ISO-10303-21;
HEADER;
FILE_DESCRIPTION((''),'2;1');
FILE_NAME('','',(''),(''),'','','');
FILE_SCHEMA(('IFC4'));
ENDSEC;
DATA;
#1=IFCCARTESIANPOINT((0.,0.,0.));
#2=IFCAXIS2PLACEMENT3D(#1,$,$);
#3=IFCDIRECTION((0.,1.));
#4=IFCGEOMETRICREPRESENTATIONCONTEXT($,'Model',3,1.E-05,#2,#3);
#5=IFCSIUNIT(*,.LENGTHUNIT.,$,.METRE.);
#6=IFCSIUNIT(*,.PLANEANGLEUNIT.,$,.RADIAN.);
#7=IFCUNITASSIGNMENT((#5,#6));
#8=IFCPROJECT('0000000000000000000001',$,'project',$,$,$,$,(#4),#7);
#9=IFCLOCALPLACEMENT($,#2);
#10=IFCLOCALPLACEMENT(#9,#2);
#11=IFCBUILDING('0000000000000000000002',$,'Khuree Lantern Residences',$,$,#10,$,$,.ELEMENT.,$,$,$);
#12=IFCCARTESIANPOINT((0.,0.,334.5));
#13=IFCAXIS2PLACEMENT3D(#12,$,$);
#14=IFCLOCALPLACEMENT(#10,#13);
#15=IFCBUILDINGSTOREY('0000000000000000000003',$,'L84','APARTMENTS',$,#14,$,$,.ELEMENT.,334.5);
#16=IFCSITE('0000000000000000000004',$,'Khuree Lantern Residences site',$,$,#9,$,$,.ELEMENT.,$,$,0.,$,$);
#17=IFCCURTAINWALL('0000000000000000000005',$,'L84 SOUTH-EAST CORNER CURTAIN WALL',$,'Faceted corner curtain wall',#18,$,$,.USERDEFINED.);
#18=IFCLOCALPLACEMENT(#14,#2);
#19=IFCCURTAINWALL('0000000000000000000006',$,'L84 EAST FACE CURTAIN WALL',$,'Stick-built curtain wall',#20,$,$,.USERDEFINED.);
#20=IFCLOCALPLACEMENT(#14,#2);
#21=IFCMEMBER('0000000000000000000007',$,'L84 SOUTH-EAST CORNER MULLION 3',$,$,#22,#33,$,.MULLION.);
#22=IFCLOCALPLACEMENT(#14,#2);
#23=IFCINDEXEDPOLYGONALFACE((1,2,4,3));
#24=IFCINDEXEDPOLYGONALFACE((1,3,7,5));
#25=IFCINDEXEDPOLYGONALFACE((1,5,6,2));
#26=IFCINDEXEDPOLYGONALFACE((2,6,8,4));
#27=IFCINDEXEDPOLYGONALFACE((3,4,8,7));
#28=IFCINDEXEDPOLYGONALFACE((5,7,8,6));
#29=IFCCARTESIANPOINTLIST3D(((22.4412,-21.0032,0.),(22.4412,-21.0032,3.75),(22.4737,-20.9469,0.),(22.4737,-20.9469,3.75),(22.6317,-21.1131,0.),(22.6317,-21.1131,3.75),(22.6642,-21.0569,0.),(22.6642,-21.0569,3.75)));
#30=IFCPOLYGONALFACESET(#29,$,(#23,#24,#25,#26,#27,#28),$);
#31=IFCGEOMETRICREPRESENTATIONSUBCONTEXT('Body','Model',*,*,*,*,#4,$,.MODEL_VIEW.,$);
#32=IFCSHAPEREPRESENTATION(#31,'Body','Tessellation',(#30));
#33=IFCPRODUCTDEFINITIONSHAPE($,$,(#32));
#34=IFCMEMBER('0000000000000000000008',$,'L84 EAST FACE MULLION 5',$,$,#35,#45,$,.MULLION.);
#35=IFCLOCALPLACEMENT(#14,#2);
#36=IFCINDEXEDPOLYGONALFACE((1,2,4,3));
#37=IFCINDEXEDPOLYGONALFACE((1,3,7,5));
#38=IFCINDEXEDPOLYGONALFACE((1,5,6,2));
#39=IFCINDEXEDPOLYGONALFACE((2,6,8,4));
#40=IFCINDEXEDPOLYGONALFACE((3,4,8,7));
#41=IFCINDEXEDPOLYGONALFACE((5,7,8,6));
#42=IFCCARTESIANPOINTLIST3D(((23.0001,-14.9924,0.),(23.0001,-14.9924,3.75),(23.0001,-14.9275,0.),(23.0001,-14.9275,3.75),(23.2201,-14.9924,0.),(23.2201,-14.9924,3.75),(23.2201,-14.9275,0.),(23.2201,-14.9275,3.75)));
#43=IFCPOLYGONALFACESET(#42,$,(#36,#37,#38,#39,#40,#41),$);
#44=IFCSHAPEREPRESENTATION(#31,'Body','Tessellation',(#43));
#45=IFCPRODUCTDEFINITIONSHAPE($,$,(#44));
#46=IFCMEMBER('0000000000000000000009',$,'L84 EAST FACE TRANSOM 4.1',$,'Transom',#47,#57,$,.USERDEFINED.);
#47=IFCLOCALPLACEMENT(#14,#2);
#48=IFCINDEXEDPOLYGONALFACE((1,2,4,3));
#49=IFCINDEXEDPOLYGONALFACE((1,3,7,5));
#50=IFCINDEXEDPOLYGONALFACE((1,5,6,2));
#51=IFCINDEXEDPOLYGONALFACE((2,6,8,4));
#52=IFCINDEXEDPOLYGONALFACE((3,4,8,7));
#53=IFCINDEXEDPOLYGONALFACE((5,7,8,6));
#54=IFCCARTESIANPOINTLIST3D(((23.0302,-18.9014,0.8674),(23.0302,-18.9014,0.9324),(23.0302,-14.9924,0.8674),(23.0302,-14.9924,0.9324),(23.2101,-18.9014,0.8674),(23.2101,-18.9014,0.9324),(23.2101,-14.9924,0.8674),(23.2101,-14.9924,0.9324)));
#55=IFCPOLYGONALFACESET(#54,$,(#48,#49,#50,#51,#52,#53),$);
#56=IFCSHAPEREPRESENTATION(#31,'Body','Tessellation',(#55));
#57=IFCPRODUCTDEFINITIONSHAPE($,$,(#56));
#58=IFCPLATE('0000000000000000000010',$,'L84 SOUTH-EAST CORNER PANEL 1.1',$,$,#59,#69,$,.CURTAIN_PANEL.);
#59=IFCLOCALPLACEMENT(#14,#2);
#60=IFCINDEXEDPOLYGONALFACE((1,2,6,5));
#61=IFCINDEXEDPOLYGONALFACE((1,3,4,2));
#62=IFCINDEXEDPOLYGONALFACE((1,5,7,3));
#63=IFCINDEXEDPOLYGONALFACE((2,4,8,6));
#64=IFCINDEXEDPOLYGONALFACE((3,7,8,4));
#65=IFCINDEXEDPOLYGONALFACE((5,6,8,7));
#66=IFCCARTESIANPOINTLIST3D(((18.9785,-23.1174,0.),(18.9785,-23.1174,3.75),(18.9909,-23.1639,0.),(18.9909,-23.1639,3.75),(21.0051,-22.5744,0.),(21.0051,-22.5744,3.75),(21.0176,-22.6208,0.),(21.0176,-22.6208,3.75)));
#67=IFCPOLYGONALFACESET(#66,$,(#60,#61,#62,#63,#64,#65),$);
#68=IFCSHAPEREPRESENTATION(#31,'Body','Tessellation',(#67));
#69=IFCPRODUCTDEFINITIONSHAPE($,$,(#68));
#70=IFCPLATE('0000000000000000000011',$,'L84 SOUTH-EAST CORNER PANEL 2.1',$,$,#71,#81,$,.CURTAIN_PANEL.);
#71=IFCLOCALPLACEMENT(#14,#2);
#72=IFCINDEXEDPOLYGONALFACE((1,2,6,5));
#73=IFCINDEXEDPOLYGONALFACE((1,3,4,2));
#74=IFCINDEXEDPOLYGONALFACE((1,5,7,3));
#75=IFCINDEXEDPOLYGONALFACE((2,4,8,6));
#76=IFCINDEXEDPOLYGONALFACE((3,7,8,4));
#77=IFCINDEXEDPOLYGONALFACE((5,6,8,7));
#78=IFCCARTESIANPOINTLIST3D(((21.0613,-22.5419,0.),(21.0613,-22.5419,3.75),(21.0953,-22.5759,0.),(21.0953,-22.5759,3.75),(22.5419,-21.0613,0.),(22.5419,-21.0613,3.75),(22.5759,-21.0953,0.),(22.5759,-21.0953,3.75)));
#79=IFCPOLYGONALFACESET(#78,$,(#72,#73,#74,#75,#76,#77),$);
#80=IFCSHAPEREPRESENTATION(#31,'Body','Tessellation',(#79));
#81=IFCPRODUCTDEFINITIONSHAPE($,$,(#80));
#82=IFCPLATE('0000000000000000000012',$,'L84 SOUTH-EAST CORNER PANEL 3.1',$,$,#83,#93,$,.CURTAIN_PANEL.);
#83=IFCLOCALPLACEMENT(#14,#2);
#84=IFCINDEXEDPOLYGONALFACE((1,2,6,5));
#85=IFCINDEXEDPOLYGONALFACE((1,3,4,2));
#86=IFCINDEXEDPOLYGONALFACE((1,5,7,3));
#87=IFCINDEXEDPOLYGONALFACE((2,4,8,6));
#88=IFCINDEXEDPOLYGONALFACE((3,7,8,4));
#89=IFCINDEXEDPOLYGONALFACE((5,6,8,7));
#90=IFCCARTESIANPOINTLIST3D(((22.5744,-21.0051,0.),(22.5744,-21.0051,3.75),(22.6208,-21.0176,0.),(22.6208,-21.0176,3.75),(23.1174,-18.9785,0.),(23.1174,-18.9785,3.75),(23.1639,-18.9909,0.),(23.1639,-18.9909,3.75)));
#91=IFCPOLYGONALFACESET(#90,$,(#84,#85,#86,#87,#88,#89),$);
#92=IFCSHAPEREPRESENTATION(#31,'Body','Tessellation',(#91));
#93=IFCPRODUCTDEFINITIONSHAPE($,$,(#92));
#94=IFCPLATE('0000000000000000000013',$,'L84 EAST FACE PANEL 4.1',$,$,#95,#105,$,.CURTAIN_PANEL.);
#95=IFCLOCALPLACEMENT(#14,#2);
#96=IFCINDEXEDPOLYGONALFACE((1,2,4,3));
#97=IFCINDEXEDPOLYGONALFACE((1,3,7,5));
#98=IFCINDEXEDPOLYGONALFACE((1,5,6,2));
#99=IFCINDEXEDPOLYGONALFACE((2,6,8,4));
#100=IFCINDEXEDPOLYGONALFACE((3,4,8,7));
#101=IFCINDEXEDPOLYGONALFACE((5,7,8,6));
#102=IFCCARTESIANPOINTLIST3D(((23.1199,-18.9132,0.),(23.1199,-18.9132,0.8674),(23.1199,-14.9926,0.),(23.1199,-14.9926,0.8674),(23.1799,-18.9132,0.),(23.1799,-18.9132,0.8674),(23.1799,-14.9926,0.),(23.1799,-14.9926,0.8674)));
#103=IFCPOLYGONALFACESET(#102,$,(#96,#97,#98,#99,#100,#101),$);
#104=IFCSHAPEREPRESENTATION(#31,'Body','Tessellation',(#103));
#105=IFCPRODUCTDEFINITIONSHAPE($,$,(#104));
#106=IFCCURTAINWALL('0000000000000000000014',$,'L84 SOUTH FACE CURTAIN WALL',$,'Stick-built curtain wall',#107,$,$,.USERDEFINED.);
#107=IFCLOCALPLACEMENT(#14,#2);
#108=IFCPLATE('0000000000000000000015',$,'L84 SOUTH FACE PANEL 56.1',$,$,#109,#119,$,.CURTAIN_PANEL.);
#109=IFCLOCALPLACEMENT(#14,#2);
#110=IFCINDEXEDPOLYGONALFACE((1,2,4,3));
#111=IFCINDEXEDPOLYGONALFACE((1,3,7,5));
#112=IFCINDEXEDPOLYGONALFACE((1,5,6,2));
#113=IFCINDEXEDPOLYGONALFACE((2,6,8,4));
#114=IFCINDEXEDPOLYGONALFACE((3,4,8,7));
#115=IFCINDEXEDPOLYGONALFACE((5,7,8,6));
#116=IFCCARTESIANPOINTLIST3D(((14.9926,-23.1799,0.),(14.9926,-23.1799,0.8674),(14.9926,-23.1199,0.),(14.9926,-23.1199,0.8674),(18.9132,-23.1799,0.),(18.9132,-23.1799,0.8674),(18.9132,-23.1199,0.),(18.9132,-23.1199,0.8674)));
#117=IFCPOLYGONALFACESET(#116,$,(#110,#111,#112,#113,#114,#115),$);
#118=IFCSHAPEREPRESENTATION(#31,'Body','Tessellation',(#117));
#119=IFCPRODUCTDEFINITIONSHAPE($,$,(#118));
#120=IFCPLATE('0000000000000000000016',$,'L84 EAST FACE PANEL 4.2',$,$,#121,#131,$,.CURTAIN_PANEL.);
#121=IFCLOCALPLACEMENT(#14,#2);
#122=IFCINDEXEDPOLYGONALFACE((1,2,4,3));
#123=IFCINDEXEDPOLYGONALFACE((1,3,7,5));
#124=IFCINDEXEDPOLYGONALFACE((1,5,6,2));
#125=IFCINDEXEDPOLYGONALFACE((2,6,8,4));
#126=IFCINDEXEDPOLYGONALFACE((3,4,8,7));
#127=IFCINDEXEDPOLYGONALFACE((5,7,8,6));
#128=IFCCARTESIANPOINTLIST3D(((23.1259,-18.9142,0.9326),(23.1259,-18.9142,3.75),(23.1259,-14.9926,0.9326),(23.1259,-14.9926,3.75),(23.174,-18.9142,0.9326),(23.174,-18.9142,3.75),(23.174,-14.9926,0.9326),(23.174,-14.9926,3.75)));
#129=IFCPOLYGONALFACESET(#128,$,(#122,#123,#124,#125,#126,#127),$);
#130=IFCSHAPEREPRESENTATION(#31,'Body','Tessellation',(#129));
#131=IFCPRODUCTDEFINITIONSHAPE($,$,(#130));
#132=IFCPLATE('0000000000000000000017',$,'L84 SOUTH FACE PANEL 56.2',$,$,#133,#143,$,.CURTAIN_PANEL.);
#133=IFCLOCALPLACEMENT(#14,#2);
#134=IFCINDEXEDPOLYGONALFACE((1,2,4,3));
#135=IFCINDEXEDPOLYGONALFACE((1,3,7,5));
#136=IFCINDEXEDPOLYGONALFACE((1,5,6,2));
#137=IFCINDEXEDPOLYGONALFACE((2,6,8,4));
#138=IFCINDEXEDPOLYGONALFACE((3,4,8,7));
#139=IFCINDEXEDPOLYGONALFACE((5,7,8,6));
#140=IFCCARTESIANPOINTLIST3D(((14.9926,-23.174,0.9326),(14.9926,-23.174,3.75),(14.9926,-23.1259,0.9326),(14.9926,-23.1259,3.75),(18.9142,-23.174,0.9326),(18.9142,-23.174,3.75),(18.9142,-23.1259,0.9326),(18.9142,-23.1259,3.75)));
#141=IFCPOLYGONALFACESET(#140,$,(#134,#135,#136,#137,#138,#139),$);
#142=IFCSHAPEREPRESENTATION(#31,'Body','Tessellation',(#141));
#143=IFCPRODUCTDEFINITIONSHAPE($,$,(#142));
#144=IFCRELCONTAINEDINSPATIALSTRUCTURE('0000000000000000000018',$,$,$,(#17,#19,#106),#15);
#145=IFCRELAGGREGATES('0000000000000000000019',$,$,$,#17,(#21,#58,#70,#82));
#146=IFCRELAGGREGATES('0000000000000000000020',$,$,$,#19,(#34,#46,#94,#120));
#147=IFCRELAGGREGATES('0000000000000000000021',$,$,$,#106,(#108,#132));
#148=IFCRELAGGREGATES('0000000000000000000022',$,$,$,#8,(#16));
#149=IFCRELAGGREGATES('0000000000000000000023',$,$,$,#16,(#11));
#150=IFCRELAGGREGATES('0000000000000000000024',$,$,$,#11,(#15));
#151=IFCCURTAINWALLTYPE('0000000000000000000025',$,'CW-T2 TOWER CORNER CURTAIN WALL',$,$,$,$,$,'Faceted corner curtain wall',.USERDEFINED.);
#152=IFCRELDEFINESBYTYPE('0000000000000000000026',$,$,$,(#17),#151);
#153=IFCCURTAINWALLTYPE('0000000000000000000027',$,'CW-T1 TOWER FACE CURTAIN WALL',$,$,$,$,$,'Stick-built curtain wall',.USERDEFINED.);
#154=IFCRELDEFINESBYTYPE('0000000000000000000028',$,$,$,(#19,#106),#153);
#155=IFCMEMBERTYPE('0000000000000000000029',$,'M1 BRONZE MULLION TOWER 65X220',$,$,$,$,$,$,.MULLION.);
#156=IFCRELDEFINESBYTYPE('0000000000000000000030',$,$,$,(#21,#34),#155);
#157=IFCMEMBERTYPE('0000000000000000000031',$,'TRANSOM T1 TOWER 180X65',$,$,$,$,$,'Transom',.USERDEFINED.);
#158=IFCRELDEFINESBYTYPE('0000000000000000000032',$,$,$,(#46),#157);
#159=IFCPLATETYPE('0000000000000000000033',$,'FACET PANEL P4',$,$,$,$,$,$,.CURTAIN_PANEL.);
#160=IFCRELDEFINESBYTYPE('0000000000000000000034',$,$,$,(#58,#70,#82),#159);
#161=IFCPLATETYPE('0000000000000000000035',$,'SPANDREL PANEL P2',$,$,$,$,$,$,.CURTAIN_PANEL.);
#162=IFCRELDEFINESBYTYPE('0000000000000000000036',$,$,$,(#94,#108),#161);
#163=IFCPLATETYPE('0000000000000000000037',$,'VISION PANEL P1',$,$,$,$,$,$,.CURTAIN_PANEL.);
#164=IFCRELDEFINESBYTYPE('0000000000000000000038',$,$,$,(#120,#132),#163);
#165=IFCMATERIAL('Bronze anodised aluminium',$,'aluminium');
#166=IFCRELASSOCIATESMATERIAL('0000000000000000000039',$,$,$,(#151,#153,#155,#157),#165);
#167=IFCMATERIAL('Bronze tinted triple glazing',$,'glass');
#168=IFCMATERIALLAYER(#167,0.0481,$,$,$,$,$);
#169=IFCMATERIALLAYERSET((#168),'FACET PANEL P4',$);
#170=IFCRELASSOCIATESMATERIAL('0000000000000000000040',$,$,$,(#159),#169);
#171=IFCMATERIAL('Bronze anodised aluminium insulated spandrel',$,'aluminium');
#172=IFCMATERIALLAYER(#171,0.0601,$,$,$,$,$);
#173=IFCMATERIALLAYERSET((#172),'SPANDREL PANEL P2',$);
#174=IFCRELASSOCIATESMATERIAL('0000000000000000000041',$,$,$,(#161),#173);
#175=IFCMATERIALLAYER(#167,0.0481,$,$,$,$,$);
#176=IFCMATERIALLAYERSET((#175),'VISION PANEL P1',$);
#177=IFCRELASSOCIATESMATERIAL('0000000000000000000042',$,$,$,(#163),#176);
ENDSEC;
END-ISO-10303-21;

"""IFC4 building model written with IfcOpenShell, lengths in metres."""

from ifc_helpers import new_model, si_unit, direction, frame, origin, origin_2d, place, context, subcontext, project, spatial, rectangle, extrude, material, layer, layer_set, material_profile, profile_set, type_object, element, aggregate, save


model = new_model("IFC4")

# Units and contexts
model_context = context("Model", 3, precision=1e-05, world=origin(), true_north=direction((0.0, 1.0)))
body_context = subcontext(model_context, "Body", "Model", "MODEL_VIEW")
ifc_project = project(units=[si_unit("LENGTHUNIT", "METRE"), si_unit("PLANEANGLEUNIT", "RADIAN")], contexts=[model_context])

# Site, building, storey
site_placement = place(None, origin())
site = spatial("IfcSite", under=ifc_project, at=site_placement, Name="Khuree Lantern Residences site", CompositionType="ELEMENT", RefElevation=0.0)
building_placement = place(site_placement, origin())
building = spatial("IfcBuilding", under=site, at=building_placement, Name="Khuree Lantern Residences", CompositionType="ELEMENT")
storey_placement = place(building_placement, frame((0.0, 0.0, 334.5)))
storey = spatial("IfcBuildingStorey", under=building, at=storey_placement, Name="L84", Description="APARTMENTS", CompositionType="ELEMENT", Elevation=334.5)

# Curtain walls
ifc_material_1 = material(Name="Bronze anodised aluminium", Category="aluminium")
curtain_wall_type_1 = type_object("IfcCurtainWallType", Name="CW-T2 TOWER CORNER CURTAIN WALL", ElementType="Faceted corner curtain wall", PredefinedType="USERDEFINED", material=ifc_material_1)
curtain_wall_1_placement = place(storey_placement, origin())
curtain_wall_1 = element("IfcCurtainWall", 1, at=curtain_wall_1_placement, inside=storey, type_object=curtain_wall_type_1, Name="L84 SOUTH-EAST CORNER CURTAIN WALL", ObjectType="Faceted corner curtain wall", PredefinedType="USERDEFINED")
curtain_wall_type_2 = type_object("IfcCurtainWallType", Name="CW-T1 TOWER FACE CURTAIN WALL", ElementType="Stick-built curtain wall", PredefinedType="USERDEFINED", material=ifc_material_1)
curtain_wall_2_placement = place(storey_placement, origin())
curtain_wall_2 = element("IfcCurtainWall", 2, at=curtain_wall_2_placement, inside=storey, type_object=curtain_wall_type_2, Name="L84 EAST FACE CURTAIN WALL", ObjectType="Stick-built curtain wall", PredefinedType="USERDEFINED")

# Members
ifc_material_profile_1 = material_profile(ifc_material_1, rectangle(XDim=0.0649, YDim=0.22, at=origin_2d()), Name="M1 65X220")
ifc_profile_set_1 = profile_set([ifc_material_profile_1], Name="Bronze anodised aluminium")
member_type_1 = type_object("IfcMemberType", Name="M1 BRONZE MULLION TOWER 65X220", PredefinedType="MULLION", material=ifc_profile_set_1)
member_1_placement = place(storey_placement, frame((22.5527, -21.03, 0.0), z_axis=(0.0, 0.0, 1.0), x_axis=(0.5, 0.866025, 0.0)))
member_1 = element("IfcMember", 3, at=member_1_placement, type_object=member_type_1, Name="L84 SOUTH-EAST CORNER MULLION 3", PredefinedType="MULLION", context=body_context, shape_type="SweptSolid", body=[
    extrude(rectangle(XDim=0.0649, YDim=0.22, at=origin_2d()), origin(), (0.0, 0.0, 1.0), 3.75),
])
member_2_placement = place(storey_placement, frame((23.1101, -14.96, 0.0), z_axis=(0.0, 0.0, 1.0), x_axis=(0.0, 1.0, 0.0)))
member_2 = element("IfcMember", 4, at=member_2_placement, type_object=member_type_1, Name="L84 EAST FACE MULLION 5", PredefinedType="MULLION", context=body_context, shape_type="SweptSolid", body=[
    extrude(rectangle(XDim=0.0649, YDim=0.22, at=origin_2d()), origin(), (0.0, 0.0, 1.0), 3.75),
])
ifc_material_profile_2 = material_profile(ifc_material_1, rectangle(XDim=0.1799, YDim=0.0649, at=origin_2d()), Name="T1 180X65")
ifc_profile_set_2 = profile_set([ifc_material_profile_2], Name="Bronze anodised aluminium")
member_type_2 = type_object("IfcMemberType", Name="TRANSOM T1 TOWER 180X65", ElementType="Transom", PredefinedType="USERDEFINED", material=ifc_profile_set_2)
member_3_placement = place(storey_placement, frame((23.1201, -18.9014, 0.8999), z_axis=(0.0, 1.0, 0.0), x_axis=(-1.0, 0.0, 0.0)))
member_3 = element("IfcMember", 5, at=member_3_placement, type_object=member_type_2, Name="L84 EAST FACE TRANSOM 4.1", ObjectType="Transom", PredefinedType="USERDEFINED", context=body_context, shape_type="SweptSolid", body=[
    extrude(rectangle(XDim=0.1799, YDim=0.0649, at=origin_2d()), origin(), (0.0, 0.0, 1.0), 3.9089),
])

# Plates
ifc_material_2 = material(Name="Bronze tinted triple glazing", Category="glass")
ifc_layer_1 = layer(ifc_material_2, 0.0481)
ifc_layer_set_1 = layer_set([ifc_layer_1], Name="FACET PANEL P4")
plate_type_1 = type_object("IfcPlateType", Name="FACET PANEL P4", PredefinedType="CURTAIN_PANEL", material=ifc_layer_set_1)
plate_1_placement = place(storey_placement, frame((19.998, -22.8691, 0.0), z_axis=(0.0, 0.0, 1.0), x_axis=(0.965926, 0.258819, 0.0)))
plate_1 = element("IfcPlate", 6, at=plate_1_placement, type_object=plate_type_1, Name="L84 SOUTH-EAST CORNER PANEL 1.1", PredefinedType="CURTAIN_PANEL", context=body_context, shape_type="SweptSolid", body=[
    extrude(rectangle(XDim=2.0981, YDim=0.0481, at=origin_2d()), origin(), (0.0, 0.0, 1.0), 3.75),
])
plate_2_placement = place(storey_placement, frame((21.8186, -21.8186, 0.0), z_axis=(0.0, 0.0, 1.0), x_axis=(0.707107, 0.707107, 0.0)))
plate_2 = element("IfcPlate", 7, at=plate_2_placement, type_object=plate_type_1, Name="L84 SOUTH-EAST CORNER PANEL 2.1", PredefinedType="CURTAIN_PANEL", context=body_context, shape_type="SweptSolid", body=[
    extrude(rectangle(XDim=2.094, YDim=0.0481, at=origin_2d()), origin(), (0.0, 0.0, 1.0), 3.75),
])
plate_3_placement = place(storey_placement, frame((22.8691, -19.998, 0.0), z_axis=(0.0, 0.0, 1.0), x_axis=(0.258819, 0.965926, 0.0)))
plate_3 = element("IfcPlate", 8, at=plate_3_placement, type_object=plate_type_1, Name="L84 SOUTH-EAST CORNER PANEL 3.1", PredefinedType="CURTAIN_PANEL", context=body_context, shape_type="SweptSolid", body=[
    extrude(rectangle(XDim=2.0981, YDim=0.0481, at=origin_2d()), origin(), (0.0, 0.0, 1.0), 3.75),
])
aggregate(curtain_wall_1, [member_1, plate_1, plate_2, plate_3])
ifc_material_3 = material(Name="Bronze anodised aluminium insulated spandrel", Category="aluminium")
ifc_layer_2 = layer(ifc_material_3, 0.0601)
ifc_layer_set_2 = layer_set([ifc_layer_2], Name="SPANDREL PANEL P2")
plate_type_2 = type_object("IfcPlateType", Name="SPANDREL PANEL P2", PredefinedType="CURTAIN_PANEL", material=ifc_layer_set_2)
plate_4_placement = place(storey_placement, frame((23.1499, -16.9529, 0.0), z_axis=(0.0, 0.0, 1.0), x_axis=(0.0, 1.0, 0.0)))
plate_4 = element("IfcPlate", 9, at=plate_4_placement, type_object=plate_type_2, Name="L84 EAST FACE PANEL 4.1", PredefinedType="CURTAIN_PANEL", context=body_context, shape_type="SweptSolid", body=[
    extrude(rectangle(XDim=3.9207, YDim=0.0601, at=origin_2d()), origin(), (0.0, 0.0, 1.0), 0.8674),
])

# Curtain wall, plate
curtain_wall_3_placement = place(storey_placement, origin())
curtain_wall_3 = element("IfcCurtainWall", 10, at=curtain_wall_3_placement, inside=storey, type_object=curtain_wall_type_2, Name="L84 SOUTH FACE CURTAIN WALL", ObjectType="Stick-built curtain wall", PredefinedType="USERDEFINED")
plate_5_placement = place(storey_placement, frame((16.9529, -23.1499, 0.0), z_axis=(0.0, 0.0, 1.0), x_axis=(1.0, 0.0, 0.0)))
plate_5 = element("IfcPlate", 11, at=plate_5_placement, type_object=plate_type_2, Name="L84 SOUTH FACE PANEL 56.1", PredefinedType="CURTAIN_PANEL", context=body_context, shape_type="SweptSolid", body=[
    extrude(rectangle(XDim=3.9207, YDim=0.0601, at=origin_2d()), origin(), (0.0, 0.0, 1.0), 0.8674),
])

# Plates
ifc_layer_3 = layer(ifc_material_2, 0.0481)
ifc_layer_set_3 = layer_set([ifc_layer_3], Name="VISION PANEL P1")
plate_type_3 = type_object("IfcPlateType", Name="VISION PANEL P1", PredefinedType="CURTAIN_PANEL", material=ifc_layer_set_3)
plate_6_placement = place(storey_placement, frame((23.1499, -16.9534, 0.9326), z_axis=(0.0, 0.0, 1.0), x_axis=(0.0, 1.0, 0.0)))
plate_6 = element("IfcPlate", 12, at=plate_6_placement, type_object=plate_type_3, Name="L84 EAST FACE PANEL 4.2", PredefinedType="CURTAIN_PANEL", context=body_context, shape_type="SweptSolid", body=[
    extrude(rectangle(XDim=3.9216, YDim=0.0481, at=origin_2d()), origin(), (0.0, 0.0, 1.0), 2.8174),
])
aggregate(curtain_wall_2, [member_2, member_3, plate_4, plate_6])
plate_7_placement = place(storey_placement, frame((16.9534, -23.1499, 0.9326), z_axis=(0.0, 0.0, 1.0), x_axis=(1.0, 0.0, 0.0)))
plate_7 = element("IfcPlate", 13, at=plate_7_placement, type_object=plate_type_3, Name="L84 SOUTH FACE PANEL 56.2", PredefinedType="CURTAIN_PANEL", context=body_context, shape_type="SweptSolid", body=[
    extrude(rectangle(XDim=3.9216, YDim=0.0481, at=origin_2d()), origin(), (0.0, 0.0, 1.0), 2.8174),
])
aggregate(curtain_wall_3, [plate_5, plate_7])

save(model, "model.ifc")
